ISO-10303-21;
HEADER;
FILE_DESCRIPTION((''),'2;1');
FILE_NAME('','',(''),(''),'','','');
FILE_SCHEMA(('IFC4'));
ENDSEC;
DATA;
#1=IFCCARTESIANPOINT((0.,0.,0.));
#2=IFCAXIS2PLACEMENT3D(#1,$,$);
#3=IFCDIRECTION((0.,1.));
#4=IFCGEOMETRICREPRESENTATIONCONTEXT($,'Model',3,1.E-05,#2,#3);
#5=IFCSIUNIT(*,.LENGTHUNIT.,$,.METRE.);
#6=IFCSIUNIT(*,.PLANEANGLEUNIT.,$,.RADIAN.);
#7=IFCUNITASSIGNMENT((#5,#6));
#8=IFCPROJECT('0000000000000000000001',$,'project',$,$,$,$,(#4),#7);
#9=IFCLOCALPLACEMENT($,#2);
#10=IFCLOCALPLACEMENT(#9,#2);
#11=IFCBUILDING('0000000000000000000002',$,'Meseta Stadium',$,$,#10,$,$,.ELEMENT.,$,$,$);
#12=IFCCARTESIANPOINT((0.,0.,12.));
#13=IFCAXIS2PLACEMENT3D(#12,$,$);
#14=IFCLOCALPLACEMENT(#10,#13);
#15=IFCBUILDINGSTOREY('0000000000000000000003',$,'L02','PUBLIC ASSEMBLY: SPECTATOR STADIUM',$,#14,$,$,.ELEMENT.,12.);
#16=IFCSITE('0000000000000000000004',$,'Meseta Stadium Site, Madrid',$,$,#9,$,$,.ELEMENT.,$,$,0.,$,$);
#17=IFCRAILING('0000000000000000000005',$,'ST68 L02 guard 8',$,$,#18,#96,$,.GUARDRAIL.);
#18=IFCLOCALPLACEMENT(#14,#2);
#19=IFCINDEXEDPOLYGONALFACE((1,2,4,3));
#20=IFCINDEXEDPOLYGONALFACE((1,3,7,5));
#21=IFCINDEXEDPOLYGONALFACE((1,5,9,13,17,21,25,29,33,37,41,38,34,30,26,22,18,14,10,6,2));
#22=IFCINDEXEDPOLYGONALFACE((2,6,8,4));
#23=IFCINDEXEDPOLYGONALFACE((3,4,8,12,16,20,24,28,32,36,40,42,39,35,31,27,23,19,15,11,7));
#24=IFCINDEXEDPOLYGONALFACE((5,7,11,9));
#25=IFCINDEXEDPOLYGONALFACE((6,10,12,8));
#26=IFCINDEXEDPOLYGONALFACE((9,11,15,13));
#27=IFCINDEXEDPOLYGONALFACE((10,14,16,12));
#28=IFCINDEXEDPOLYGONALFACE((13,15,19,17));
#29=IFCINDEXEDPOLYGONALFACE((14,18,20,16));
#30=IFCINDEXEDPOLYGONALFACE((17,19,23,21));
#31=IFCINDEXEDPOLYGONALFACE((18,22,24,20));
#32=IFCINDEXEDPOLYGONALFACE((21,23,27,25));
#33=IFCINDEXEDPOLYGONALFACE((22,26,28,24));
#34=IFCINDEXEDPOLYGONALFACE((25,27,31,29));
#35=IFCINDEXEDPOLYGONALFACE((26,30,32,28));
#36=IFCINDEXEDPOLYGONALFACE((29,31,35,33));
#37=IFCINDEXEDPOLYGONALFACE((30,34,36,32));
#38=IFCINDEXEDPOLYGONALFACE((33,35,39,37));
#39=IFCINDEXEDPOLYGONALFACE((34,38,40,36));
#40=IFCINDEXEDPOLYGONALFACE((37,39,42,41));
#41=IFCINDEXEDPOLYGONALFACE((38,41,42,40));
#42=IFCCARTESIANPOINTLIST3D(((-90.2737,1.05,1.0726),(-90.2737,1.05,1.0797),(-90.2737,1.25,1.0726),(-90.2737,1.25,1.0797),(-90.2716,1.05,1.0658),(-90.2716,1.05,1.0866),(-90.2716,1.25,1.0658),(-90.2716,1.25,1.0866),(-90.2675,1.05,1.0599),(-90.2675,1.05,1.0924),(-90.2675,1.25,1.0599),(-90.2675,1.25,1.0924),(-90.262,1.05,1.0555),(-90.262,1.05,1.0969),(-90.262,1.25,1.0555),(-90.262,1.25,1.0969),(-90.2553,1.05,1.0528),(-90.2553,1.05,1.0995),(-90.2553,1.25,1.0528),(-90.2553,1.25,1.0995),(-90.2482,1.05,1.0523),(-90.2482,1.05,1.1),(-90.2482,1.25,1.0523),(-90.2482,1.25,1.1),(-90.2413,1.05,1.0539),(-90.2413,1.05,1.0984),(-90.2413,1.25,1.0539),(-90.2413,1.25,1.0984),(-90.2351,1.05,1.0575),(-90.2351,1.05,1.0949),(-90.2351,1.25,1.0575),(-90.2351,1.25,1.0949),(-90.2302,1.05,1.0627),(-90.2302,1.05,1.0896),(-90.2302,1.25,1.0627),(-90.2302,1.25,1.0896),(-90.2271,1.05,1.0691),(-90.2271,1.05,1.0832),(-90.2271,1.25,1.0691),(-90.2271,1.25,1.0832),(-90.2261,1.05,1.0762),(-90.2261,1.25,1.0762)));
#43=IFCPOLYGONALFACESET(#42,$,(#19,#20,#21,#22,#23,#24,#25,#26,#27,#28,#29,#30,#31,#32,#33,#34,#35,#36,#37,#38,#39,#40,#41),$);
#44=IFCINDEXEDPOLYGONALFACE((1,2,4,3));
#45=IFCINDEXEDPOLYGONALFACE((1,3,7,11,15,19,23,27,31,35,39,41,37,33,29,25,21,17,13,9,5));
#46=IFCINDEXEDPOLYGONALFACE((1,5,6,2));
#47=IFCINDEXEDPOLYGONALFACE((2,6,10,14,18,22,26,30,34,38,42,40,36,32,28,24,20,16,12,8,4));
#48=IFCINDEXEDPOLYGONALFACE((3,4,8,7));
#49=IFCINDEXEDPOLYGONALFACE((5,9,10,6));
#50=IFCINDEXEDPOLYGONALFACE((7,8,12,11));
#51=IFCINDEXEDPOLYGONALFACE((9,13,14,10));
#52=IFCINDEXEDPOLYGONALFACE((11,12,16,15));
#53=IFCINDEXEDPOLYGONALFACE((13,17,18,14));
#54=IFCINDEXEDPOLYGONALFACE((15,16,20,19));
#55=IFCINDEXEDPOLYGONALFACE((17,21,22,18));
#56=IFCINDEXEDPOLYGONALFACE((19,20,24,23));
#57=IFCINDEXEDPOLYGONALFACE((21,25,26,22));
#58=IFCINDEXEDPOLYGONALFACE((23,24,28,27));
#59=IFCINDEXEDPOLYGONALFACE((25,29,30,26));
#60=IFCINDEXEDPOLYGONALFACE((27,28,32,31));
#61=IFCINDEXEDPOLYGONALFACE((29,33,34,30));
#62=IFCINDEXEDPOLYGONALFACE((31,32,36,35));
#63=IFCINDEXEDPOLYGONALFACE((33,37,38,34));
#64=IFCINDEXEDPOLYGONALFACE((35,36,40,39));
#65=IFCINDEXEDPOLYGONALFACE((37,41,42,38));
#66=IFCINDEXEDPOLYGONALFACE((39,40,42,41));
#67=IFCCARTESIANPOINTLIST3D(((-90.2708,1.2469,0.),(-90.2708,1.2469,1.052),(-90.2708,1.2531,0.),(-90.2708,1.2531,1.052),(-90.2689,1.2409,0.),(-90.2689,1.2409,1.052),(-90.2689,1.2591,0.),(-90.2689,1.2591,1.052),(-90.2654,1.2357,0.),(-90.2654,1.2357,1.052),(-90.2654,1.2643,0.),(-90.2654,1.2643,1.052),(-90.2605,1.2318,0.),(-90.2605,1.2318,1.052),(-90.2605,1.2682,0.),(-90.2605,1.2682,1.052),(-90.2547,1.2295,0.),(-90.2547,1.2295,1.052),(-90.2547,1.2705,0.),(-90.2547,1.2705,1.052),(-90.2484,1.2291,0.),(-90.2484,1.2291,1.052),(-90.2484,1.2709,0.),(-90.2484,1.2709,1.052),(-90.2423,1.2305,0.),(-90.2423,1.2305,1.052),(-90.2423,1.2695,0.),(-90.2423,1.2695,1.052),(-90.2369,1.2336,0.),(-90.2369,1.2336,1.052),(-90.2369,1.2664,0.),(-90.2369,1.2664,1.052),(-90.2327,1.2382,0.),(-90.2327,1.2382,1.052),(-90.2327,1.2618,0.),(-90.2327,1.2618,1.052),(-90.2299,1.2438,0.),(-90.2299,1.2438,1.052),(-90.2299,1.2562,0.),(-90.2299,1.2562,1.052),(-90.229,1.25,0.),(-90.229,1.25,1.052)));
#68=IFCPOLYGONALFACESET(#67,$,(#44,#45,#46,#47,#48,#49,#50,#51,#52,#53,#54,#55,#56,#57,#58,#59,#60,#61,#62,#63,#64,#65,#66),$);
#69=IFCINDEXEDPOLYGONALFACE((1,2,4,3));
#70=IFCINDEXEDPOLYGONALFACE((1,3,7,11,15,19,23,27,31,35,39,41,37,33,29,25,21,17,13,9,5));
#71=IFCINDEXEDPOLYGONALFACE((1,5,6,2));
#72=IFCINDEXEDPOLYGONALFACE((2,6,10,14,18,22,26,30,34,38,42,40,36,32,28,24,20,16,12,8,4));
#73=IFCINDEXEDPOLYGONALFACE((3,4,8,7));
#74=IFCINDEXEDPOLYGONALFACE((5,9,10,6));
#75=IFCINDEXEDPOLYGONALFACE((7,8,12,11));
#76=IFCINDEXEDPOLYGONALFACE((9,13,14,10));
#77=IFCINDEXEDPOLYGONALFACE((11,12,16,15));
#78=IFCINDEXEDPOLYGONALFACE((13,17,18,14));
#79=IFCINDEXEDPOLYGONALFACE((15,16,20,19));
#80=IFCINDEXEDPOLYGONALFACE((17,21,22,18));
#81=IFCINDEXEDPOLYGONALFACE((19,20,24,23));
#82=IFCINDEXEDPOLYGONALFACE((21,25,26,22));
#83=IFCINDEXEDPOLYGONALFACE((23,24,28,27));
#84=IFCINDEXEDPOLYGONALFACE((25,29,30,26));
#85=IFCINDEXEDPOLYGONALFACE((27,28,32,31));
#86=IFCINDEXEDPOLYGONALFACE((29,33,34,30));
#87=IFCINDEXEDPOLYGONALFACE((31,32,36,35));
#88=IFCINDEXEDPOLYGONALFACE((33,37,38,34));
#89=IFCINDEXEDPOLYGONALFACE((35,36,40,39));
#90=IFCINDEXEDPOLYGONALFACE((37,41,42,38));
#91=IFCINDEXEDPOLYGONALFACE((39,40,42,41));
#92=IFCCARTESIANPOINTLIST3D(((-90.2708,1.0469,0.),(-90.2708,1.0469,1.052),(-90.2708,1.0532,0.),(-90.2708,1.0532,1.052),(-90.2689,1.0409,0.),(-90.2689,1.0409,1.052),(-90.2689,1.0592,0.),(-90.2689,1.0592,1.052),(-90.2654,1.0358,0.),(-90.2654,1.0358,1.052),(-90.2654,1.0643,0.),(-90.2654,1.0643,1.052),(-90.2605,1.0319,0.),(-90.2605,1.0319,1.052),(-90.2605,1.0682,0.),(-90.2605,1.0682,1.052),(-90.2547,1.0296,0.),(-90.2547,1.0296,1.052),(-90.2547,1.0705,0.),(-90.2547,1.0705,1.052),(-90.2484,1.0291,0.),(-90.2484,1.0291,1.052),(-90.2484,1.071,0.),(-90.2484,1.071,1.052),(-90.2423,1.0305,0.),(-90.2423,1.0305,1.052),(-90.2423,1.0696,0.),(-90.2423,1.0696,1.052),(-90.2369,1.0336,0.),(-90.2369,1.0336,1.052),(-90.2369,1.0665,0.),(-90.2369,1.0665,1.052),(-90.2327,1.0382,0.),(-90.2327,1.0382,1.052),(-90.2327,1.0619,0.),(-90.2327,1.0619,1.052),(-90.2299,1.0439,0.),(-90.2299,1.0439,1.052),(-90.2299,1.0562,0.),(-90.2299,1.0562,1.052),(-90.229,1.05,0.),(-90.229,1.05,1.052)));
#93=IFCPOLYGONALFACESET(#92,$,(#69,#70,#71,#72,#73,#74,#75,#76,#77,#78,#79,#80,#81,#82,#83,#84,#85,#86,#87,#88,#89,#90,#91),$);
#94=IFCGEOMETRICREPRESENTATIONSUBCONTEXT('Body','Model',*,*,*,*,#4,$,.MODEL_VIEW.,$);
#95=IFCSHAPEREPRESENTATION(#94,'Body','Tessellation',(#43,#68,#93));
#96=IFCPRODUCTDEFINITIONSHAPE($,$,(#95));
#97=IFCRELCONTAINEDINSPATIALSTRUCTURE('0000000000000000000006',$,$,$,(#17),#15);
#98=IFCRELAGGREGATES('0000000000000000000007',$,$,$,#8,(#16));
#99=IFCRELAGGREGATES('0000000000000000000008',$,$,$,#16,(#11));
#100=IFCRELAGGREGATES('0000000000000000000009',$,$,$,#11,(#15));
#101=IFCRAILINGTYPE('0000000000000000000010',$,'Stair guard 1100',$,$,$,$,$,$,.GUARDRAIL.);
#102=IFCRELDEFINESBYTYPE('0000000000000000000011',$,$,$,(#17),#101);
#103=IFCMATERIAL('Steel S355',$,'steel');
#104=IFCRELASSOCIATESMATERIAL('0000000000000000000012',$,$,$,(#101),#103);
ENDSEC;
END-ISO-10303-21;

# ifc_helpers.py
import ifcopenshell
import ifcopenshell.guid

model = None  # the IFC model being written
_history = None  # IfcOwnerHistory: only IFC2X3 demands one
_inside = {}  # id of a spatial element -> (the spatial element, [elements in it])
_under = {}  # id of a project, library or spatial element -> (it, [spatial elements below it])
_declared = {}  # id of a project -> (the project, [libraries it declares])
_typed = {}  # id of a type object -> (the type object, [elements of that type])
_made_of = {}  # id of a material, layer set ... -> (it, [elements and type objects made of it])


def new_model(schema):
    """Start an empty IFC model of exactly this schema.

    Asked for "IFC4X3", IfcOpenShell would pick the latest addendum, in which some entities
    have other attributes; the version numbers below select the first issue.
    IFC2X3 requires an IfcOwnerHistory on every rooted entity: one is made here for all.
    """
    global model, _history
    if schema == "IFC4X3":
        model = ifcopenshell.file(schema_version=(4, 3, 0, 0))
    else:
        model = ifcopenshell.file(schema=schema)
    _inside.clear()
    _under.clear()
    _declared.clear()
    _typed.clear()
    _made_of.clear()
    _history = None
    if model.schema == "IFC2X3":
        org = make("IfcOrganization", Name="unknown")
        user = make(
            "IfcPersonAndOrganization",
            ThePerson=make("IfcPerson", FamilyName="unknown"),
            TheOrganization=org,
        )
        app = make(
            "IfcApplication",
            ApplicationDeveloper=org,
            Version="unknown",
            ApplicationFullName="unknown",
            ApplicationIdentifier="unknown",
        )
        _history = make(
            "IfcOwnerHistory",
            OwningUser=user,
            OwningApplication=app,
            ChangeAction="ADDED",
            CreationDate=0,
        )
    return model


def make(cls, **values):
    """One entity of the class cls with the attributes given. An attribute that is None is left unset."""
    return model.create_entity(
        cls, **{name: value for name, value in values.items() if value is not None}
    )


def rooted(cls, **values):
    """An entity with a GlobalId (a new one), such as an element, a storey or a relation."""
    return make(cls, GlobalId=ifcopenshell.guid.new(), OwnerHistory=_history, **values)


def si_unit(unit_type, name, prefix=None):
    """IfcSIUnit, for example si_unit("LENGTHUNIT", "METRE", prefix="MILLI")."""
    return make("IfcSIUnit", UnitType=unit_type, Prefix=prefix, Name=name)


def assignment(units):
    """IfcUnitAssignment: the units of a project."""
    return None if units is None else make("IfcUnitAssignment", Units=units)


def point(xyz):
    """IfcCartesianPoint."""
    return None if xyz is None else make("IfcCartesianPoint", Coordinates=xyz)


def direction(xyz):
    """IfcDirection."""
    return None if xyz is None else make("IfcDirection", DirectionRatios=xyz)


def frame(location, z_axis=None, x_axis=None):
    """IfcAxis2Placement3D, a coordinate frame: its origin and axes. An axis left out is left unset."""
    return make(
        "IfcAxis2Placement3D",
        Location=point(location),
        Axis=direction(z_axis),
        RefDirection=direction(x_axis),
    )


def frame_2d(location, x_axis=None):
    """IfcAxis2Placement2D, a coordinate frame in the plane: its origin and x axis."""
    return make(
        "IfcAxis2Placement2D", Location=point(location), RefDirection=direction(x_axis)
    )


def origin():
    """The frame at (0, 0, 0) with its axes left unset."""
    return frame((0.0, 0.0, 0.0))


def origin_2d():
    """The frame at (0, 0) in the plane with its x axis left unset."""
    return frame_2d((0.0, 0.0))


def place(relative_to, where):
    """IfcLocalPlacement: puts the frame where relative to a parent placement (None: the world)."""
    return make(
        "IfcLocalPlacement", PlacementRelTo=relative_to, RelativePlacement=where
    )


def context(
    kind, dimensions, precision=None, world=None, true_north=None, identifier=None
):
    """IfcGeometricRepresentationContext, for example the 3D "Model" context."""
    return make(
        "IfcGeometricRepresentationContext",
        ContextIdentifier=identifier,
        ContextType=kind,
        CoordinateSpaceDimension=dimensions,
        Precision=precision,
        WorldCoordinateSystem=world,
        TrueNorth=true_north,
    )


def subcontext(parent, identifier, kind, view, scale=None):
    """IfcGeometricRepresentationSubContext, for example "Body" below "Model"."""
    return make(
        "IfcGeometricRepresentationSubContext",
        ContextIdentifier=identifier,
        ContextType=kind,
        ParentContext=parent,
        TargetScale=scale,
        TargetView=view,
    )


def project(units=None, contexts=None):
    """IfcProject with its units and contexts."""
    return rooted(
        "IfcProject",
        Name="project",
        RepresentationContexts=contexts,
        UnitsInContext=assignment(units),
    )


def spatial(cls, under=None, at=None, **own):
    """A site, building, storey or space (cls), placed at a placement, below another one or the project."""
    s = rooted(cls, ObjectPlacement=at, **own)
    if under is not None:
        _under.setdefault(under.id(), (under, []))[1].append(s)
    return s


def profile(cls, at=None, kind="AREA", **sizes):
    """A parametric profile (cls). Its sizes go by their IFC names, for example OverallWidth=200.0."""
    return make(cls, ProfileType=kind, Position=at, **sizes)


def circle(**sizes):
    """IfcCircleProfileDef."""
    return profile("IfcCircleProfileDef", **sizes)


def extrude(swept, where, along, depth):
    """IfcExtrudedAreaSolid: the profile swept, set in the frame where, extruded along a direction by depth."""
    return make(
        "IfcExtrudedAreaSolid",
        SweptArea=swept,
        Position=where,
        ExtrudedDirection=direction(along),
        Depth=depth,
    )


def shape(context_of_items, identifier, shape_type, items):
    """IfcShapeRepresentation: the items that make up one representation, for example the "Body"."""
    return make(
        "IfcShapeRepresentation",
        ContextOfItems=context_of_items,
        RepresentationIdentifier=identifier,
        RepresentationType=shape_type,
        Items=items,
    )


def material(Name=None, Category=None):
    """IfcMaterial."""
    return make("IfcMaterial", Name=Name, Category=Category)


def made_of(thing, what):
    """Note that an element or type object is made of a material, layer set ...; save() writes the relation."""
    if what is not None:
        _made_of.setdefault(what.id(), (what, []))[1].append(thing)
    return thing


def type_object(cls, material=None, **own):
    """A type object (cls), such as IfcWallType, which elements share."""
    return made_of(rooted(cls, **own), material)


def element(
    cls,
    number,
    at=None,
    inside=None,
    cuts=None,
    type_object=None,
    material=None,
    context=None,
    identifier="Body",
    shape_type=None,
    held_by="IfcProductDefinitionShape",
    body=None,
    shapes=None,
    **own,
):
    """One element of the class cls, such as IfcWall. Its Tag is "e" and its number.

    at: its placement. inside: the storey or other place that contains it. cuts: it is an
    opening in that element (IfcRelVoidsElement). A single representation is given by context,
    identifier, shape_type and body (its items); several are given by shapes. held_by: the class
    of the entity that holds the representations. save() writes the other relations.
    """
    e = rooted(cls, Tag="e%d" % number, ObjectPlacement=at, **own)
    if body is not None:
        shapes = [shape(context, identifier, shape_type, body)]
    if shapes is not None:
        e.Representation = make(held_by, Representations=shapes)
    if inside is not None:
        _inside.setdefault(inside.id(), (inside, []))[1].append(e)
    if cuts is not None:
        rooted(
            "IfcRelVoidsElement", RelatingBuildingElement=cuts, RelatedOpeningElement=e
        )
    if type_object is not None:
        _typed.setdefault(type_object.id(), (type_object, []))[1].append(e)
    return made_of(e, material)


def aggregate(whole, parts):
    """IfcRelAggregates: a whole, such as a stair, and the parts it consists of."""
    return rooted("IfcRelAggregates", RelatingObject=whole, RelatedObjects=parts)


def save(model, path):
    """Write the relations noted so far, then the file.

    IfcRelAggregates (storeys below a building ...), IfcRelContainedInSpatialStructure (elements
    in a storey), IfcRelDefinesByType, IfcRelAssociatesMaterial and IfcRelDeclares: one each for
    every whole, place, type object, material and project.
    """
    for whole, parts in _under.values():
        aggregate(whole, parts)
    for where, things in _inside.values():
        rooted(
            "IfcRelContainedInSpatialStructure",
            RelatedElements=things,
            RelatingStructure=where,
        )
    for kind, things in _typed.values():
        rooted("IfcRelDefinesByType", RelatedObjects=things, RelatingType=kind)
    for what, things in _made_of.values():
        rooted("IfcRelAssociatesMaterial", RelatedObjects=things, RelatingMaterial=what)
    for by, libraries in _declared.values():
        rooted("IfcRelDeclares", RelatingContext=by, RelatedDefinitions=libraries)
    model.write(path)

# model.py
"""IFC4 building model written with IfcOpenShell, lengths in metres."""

from ifc_helpers import new_model, si_unit, direction, frame, origin, origin_2d, place, context, subcontext, project, spatial, circle, extrude, material, type_object, element, save


model = new_model("IFC4")

# Units and contexts
model_context = context("Model", 3, precision=1e-05, world=origin(), true_north=direction((0.0, 1.0)))
body_context = subcontext(model_context, "Body", "Model", "MODEL_VIEW")
ifc_project = project(units=[si_unit("LENGTHUNIT", "METRE"), si_unit("PLANEANGLEUNIT", "RADIAN")], contexts=[model_context])

# Site, building, storey
site_placement = place(None, origin())
site = spatial("IfcSite", under=ifc_project, at=site_placement, Name="Meseta Stadium Site, Madrid", CompositionType="ELEMENT", RefElevation=0.0)
building_placement = place(site_placement, origin())
building = spatial("IfcBuilding", under=site, at=building_placement, Name="Meseta Stadium", CompositionType="ELEMENT")
storey_placement = place(building_placement, frame((0.0, 0.0, 12.0)))
storey = spatial("IfcBuildingStorey", under=building, at=storey_placement, Name="L02", Description="PUBLIC ASSEMBLY: SPECTATOR STADIUM", CompositionType="ELEMENT", Elevation=12.0)

# Railing
ifc_material_1 = material(Name="Steel S355", Category="steel")
railing_type_1 = type_object("IfcRailingType", Name="Stair guard 1100", PredefinedType="GUARDRAIL", material=ifc_material_1)
railing_1_placement = place(storey_placement, frame((-90.25, 1.25, 0.0)))
element("IfcRailing", 1, at=railing_1_placement, inside=storey, type_object=railing_type_1, Name="ST68 L02 guard 8", PredefinedType="GUARDRAIL", context=body_context, shape_type="SweptSolid", body=[
    extrude(circle(Radius=0.0239, at=origin_2d()), frame((0.0, 0.0, 1.0762), z_axis=(0.0, -1.0, 0.0), x_axis=(1.0, 0.0, 0.0)), (0.0, 0.0, 1.0), 0.2),
    extrude(circle(Radius=0.021, at=origin_2d()), origin(), (0.0, 0.0, 1.0), 1.052),
    extrude(circle(Radius=0.021, at=origin_2d()), frame((0.0, -0.2, 0.0)), (0.0, 0.0, 1.0), 1.052),
])

save(model, "model.ifc")
